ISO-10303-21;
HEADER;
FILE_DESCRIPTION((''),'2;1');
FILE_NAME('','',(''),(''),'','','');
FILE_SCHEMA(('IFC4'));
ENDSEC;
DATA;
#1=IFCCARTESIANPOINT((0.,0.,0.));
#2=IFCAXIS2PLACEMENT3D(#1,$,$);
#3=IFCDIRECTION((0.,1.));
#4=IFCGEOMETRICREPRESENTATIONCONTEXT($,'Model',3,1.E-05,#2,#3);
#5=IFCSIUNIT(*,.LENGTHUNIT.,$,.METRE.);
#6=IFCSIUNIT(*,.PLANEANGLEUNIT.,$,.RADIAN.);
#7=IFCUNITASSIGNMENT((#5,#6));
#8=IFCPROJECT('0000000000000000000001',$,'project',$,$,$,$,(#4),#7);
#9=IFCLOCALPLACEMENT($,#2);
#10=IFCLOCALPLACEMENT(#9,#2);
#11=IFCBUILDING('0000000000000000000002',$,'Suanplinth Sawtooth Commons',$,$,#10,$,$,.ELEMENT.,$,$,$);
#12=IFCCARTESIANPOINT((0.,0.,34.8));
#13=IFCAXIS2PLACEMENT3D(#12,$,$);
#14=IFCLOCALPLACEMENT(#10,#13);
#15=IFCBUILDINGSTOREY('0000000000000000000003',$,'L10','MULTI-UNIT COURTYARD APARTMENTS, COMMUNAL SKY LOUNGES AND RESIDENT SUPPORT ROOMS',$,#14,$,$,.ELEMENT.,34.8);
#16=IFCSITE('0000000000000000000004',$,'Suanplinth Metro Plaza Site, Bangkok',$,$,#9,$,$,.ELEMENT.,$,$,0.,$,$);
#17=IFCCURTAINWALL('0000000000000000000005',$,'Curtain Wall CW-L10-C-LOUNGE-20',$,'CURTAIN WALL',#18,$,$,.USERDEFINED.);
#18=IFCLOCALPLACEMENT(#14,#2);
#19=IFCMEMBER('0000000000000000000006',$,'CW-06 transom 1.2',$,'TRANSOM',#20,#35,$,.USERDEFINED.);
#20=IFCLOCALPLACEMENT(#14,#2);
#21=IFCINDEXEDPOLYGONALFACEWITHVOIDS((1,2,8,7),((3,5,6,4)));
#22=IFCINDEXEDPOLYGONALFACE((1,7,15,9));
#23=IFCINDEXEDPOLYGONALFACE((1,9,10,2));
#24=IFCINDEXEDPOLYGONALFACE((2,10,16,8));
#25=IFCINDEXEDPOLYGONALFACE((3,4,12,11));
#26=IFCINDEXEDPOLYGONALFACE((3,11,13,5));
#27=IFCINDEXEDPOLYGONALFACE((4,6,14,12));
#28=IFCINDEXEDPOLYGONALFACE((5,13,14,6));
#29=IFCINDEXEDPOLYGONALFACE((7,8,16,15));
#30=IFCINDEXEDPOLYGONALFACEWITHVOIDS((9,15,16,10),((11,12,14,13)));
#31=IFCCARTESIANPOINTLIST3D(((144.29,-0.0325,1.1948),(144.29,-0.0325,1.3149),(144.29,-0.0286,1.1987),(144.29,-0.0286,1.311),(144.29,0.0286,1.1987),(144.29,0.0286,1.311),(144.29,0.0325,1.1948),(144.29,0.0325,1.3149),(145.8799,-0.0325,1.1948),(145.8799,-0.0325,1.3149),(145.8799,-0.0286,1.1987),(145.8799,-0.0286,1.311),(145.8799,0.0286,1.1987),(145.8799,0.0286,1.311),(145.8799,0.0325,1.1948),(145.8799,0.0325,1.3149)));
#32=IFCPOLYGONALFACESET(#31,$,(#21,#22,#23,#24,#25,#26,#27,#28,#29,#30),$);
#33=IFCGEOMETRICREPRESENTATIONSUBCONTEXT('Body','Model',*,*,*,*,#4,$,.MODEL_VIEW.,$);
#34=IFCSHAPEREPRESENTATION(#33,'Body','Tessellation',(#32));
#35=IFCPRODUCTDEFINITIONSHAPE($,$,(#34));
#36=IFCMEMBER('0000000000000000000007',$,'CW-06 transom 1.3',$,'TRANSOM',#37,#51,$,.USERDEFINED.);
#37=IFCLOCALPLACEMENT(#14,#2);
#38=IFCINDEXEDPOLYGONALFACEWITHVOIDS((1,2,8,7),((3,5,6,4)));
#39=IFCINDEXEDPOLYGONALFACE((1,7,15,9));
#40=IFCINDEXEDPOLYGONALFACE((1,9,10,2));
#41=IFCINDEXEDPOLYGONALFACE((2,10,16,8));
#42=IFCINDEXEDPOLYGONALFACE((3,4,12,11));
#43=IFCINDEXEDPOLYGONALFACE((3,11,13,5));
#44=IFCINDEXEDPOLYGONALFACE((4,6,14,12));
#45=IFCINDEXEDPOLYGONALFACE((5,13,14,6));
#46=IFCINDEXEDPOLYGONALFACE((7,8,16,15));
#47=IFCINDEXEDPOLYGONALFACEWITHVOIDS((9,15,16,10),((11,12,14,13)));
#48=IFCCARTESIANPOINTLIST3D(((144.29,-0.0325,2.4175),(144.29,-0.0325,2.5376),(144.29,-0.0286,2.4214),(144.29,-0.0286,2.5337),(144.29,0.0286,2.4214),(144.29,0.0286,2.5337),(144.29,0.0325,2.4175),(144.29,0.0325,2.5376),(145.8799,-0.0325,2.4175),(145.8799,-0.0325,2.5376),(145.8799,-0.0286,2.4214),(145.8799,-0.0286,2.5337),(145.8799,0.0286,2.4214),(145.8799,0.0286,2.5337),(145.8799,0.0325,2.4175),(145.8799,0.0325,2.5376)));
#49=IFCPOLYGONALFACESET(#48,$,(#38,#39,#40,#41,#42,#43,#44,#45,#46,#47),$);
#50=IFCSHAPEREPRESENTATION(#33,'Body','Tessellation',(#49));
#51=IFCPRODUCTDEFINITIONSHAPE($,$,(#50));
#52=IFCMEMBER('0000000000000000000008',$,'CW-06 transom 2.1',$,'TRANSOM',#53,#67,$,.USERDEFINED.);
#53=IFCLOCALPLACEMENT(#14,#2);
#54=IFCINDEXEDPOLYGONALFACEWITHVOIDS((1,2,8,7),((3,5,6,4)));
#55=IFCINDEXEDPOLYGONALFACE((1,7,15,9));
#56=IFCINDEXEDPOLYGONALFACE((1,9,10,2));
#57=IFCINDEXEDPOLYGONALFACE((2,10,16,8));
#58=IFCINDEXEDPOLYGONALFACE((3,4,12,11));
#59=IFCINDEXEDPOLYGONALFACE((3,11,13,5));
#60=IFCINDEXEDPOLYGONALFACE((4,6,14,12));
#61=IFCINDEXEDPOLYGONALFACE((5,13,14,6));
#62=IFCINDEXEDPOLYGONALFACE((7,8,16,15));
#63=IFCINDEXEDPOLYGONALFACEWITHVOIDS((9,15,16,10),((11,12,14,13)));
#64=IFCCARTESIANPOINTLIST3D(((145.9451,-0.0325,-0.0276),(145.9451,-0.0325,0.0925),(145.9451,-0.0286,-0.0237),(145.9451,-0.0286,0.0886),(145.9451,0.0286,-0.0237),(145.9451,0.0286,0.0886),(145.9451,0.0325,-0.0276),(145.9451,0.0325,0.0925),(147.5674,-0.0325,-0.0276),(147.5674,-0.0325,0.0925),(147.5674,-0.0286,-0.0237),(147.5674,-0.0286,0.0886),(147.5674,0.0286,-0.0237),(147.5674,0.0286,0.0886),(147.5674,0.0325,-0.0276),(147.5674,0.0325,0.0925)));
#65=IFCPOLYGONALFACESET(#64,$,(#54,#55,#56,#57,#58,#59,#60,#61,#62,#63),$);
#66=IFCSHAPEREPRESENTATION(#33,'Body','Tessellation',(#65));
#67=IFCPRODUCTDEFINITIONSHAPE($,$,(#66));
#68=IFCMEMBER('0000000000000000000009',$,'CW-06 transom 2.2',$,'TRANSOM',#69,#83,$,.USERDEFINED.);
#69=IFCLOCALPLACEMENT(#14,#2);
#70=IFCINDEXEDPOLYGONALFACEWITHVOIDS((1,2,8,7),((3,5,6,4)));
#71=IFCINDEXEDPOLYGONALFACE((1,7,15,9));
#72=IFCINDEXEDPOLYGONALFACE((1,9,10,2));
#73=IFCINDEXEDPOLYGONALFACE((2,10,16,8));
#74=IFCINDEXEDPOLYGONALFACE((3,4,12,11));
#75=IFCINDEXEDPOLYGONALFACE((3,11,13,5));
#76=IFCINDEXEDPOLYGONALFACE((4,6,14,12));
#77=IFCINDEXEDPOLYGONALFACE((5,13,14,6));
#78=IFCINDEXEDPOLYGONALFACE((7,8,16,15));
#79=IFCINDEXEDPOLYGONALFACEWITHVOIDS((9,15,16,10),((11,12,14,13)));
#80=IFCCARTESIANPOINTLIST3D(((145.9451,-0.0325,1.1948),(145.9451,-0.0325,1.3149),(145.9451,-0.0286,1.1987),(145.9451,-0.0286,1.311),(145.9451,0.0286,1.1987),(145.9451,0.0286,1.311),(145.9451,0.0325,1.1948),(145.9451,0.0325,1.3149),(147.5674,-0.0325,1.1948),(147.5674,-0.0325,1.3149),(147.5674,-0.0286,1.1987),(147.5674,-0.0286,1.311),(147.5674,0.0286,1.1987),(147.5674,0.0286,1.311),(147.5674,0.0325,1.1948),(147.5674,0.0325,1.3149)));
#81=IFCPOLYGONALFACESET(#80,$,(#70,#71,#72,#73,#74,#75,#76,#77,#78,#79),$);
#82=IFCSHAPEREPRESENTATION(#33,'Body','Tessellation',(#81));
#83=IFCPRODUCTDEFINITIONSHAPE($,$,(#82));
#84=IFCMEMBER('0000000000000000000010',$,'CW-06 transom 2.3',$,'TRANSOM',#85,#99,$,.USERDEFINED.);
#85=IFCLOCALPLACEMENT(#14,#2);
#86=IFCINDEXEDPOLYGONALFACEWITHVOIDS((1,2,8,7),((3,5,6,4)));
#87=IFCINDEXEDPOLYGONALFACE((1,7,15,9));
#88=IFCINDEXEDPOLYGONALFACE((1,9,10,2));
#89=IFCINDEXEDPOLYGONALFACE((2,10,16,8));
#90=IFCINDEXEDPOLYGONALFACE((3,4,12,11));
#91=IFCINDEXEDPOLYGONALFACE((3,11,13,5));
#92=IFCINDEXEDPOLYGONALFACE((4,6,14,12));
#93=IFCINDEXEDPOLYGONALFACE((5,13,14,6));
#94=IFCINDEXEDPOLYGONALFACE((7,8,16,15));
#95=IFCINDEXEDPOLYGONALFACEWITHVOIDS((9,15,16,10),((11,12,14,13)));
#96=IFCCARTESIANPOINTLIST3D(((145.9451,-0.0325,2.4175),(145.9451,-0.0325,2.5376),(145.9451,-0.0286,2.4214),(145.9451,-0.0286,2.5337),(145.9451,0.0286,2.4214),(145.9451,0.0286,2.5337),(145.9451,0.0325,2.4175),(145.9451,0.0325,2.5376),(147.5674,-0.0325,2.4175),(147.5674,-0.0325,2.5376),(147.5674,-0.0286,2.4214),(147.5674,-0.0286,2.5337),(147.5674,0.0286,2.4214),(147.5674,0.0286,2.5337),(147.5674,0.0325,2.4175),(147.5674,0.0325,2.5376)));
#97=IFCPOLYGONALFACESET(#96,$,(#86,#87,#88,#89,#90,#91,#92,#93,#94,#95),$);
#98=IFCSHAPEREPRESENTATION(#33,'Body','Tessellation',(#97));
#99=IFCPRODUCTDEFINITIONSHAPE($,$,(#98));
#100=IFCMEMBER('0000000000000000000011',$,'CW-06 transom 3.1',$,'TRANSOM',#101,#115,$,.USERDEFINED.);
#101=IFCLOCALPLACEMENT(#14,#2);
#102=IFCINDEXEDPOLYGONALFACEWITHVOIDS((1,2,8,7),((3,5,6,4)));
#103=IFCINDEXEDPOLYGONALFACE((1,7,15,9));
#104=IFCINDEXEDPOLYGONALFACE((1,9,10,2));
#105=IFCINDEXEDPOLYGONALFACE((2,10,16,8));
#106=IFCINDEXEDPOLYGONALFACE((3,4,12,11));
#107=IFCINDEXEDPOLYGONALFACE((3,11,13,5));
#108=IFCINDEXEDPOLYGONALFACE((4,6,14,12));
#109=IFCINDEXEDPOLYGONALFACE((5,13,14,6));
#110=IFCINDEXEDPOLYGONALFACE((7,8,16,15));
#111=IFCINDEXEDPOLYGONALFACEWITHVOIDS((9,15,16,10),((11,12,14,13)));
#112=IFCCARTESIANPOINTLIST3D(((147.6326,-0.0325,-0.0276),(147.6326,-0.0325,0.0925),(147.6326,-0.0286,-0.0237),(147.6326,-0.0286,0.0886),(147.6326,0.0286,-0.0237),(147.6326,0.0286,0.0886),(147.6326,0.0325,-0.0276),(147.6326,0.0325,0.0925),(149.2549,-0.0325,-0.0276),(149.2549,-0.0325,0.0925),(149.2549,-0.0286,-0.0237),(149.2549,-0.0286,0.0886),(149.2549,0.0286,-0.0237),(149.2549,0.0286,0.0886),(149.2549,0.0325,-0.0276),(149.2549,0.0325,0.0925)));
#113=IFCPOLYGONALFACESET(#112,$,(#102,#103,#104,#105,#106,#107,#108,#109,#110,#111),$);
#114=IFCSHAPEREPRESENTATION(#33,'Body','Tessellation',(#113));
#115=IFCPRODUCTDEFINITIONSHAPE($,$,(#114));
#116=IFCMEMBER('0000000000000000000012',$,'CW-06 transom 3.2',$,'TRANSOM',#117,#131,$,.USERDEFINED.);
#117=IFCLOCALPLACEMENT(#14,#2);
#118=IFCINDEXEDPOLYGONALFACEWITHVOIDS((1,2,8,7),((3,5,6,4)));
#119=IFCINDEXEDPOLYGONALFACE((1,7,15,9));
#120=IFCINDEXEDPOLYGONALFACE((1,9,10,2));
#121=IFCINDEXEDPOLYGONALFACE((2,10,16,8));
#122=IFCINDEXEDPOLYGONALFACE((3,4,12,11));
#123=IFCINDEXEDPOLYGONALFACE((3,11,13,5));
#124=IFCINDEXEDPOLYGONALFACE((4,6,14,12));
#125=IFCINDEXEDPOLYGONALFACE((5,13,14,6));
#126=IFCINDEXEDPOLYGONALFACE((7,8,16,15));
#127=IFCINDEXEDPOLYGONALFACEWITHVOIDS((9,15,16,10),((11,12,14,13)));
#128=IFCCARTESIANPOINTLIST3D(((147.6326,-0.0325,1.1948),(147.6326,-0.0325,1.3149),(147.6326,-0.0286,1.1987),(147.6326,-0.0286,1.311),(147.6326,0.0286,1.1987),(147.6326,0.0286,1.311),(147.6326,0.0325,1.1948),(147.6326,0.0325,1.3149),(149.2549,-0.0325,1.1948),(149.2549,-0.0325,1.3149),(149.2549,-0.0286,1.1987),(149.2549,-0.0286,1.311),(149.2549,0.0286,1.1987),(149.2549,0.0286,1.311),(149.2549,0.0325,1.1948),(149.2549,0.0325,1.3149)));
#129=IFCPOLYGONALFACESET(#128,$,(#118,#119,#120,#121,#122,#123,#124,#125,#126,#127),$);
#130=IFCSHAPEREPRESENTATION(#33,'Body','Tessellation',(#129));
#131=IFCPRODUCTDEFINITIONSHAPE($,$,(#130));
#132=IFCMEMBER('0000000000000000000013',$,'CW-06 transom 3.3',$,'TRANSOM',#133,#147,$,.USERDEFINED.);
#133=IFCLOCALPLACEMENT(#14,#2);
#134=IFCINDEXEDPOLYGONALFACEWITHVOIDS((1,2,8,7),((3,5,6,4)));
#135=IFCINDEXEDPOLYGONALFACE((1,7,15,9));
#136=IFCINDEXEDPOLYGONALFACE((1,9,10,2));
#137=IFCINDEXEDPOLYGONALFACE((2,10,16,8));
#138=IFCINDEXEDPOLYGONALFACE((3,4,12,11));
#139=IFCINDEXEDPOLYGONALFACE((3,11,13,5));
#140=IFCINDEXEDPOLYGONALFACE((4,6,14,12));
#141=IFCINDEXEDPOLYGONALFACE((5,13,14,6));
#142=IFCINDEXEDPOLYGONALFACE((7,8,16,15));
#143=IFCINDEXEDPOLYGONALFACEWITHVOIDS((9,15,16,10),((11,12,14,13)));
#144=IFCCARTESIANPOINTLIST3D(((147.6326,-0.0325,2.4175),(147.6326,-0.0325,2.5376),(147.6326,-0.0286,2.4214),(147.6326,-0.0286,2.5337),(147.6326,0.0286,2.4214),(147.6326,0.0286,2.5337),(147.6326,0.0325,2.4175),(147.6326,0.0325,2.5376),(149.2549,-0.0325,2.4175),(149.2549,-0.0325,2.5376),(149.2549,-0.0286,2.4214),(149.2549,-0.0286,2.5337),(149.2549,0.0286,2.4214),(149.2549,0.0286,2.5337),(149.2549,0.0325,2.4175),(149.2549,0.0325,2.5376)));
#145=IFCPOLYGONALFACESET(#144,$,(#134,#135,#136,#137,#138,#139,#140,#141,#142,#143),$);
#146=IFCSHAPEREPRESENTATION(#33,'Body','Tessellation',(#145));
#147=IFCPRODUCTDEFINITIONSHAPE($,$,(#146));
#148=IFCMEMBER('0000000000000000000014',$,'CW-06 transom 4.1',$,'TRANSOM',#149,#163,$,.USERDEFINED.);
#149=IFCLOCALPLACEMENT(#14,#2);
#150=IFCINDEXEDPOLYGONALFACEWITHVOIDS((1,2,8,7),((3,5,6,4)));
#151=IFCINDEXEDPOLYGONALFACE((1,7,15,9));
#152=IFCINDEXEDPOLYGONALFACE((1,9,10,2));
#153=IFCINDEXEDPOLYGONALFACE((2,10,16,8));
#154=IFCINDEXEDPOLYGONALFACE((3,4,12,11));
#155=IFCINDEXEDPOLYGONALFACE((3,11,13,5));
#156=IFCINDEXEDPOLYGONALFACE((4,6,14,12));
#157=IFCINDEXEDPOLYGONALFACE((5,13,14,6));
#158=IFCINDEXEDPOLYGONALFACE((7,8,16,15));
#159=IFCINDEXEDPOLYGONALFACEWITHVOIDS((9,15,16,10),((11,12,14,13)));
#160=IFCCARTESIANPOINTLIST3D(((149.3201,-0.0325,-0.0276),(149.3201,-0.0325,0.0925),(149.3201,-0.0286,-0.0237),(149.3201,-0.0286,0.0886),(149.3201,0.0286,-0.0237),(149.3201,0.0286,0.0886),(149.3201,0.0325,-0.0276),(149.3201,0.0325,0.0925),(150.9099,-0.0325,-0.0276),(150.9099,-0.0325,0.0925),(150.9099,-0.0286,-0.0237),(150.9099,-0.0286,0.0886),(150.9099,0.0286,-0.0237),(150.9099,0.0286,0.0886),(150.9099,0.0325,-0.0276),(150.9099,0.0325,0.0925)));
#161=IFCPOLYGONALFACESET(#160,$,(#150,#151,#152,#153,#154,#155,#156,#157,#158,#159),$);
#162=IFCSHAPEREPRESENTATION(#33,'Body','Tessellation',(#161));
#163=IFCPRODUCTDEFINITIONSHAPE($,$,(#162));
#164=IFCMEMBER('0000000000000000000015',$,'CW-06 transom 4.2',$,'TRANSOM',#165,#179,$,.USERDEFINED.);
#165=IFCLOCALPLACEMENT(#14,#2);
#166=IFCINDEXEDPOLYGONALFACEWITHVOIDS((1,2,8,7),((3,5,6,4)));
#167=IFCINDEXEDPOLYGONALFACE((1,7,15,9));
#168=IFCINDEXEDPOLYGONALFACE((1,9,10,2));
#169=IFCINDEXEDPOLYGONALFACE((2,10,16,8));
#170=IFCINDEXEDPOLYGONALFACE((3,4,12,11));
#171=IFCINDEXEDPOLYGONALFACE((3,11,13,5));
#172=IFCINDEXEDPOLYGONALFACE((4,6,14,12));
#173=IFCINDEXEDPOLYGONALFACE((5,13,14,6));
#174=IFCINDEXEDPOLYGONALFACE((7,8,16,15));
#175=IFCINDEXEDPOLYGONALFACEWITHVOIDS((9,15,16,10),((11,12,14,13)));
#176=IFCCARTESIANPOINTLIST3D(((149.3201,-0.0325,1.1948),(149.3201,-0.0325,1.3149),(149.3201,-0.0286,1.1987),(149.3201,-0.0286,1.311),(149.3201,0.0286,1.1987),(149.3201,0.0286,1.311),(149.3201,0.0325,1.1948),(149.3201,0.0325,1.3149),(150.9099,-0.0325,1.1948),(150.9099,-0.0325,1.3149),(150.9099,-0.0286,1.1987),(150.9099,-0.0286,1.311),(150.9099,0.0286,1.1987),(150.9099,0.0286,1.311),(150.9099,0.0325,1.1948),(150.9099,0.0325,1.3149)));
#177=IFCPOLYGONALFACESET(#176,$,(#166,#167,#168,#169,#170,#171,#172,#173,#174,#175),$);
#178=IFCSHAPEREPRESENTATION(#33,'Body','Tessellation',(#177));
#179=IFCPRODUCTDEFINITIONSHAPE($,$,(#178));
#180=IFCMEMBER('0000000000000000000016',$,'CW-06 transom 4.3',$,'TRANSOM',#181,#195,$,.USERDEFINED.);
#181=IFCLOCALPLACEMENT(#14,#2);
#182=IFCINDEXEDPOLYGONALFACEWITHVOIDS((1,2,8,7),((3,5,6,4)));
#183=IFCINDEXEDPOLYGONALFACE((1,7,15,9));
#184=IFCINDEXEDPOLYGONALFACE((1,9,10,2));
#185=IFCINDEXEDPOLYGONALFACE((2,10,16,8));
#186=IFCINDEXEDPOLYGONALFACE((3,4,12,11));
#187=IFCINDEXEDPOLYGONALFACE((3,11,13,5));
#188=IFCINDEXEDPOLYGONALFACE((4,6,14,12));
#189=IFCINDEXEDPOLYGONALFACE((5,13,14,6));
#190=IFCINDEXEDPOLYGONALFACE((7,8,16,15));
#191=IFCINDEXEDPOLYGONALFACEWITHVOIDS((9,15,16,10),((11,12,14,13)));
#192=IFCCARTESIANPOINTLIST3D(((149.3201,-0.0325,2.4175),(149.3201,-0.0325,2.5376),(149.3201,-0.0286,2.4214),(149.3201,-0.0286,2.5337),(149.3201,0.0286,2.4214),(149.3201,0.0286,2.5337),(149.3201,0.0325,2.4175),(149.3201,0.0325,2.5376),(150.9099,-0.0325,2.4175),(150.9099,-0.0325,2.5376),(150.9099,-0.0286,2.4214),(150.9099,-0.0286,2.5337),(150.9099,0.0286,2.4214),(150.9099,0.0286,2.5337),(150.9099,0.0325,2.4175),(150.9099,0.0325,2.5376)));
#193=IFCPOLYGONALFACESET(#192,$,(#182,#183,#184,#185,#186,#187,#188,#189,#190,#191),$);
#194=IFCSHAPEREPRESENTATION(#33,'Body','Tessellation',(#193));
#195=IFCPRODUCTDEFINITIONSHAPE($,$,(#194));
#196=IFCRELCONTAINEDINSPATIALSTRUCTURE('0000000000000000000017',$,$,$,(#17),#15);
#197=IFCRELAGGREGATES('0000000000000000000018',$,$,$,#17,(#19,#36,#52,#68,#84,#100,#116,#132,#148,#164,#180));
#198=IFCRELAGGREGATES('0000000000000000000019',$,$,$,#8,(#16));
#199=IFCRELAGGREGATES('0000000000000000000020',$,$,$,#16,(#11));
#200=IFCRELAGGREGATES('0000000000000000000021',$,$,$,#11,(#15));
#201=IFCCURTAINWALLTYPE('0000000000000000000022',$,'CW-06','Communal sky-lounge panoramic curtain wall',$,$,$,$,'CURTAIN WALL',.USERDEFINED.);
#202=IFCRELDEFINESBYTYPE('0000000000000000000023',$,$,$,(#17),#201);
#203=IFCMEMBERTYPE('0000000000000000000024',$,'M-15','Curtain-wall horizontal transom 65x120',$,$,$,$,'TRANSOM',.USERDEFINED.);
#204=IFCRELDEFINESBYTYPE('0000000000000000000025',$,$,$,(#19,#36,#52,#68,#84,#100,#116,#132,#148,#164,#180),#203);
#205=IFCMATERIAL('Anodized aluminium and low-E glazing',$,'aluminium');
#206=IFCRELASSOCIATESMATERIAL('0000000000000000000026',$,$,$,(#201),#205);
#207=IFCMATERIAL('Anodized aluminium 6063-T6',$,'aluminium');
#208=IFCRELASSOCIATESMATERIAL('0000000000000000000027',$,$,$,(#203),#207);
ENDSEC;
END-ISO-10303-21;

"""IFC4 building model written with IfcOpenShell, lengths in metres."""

from ifc_helpers import new_model, si_unit, direction, frame, origin, origin_2d, place, context, subcontext, project, spatial, hollow_rectangle, extrude, material, material_profile, profile_set, type_object, element, aggregate, save


model = new_model("IFC4")

# Units and contexts
model_context = context("Model", 3, precision=1e-05, world=origin(), true_north=direction((0.0, 1.0)))
body_context = subcontext(model_context, "Body", "Model", "MODEL_VIEW")
ifc_project = project(units=[si_unit("LENGTHUNIT", "METRE"), si_unit("PLANEANGLEUNIT", "RADIAN")], contexts=[model_context])

# Site, building, storey
site_placement = place(None, origin())
site = spatial("IfcSite", under=ifc_project, at=site_placement, Name="Suanplinth Metro Plaza Site, Bangkok", CompositionType="ELEMENT", RefElevation=0.0)
building_placement = place(site_placement, origin())
building = spatial("IfcBuilding", under=site, at=building_placement, Name="Suanplinth Sawtooth Commons", CompositionType="ELEMENT")
storey_placement = place(building_placement, frame((0.0, 0.0, 34.8)))
storey = spatial("IfcBuildingStorey", under=building, at=storey_placement, Name="L10", Description="MULTI-UNIT COURTYARD APARTMENTS, COMMUNAL SKY LOUNGES AND RESIDENT SUPPORT ROOMS", CompositionType="ELEMENT", Elevation=34.8)

# Curtain wall, members
ifc_material_1 = material(Name="Anodized aluminium and low-E glazing", Category="aluminium")
curtain_wall_type = type_object("IfcCurtainWallType", Name="CW-06", Description="Communal sky-lounge panoramic curtain wall", ElementType="CURTAIN WALL", PredefinedType="USERDEFINED", material=ifc_material_1)
curtain_wall_placement = place(storey_placement, origin())
curtain_wall = element("IfcCurtainWall", 1, at=curtain_wall_placement, inside=storey, type_object=curtain_wall_type, Name="Curtain Wall CW-L10-C-LOUNGE-20", ObjectType="CURTAIN WALL", PredefinedType="USERDEFINED")
ifc_material_2 = material(Name="Anodized aluminium 6063-T6", Category="aluminium")
ifc_material_profile_1 = material_profile(ifc_material_2, hollow_rectangle(XDim=0.0649, YDim=0.1201, WallThickness=0.0039, at=origin_2d()), Name="ALU-TRN 65x120")
ifc_profile_set_1 = profile_set([ifc_material_profile_1], Name="Anodized aluminium 6063-T6")
member_type_1 = type_object("IfcMemberType", Name="M-15", Description="Curtain-wall horizontal transom 65x120", ElementType="TRANSOM", PredefinedType="USERDEFINED", material=ifc_profile_set_1)
member_1_placement = place(storey_placement, frame((144.29, 0.0, 1.2549), z_axis=(1.0, 0.0, 0.0), x_axis=(0.0, 1.0, 0.0)))
member_1 = element("IfcMember", 2, at=member_1_placement, type_object=member_type_1, Name="CW-06 transom 1.2", ObjectType="TRANSOM", PredefinedType="USERDEFINED", context=body_context, shape_type="SweptSolid", body=[
    extrude(hollow_rectangle(XDim=0.0649, YDim=0.1201, WallThickness=0.0039, at=origin_2d()), origin(), (0.0, 0.0, 1.0), 1.5898),
])
member_2_placement = place(storey_placement, frame((144.29, 0.0, 2.4775), z_axis=(1.0, 0.0, 0.0), x_axis=(0.0, 1.0, 0.0)))
member_2 = element("IfcMember", 3, at=member_2_placement, type_object=member_type_1, Name="CW-06 transom 1.3", ObjectType="TRANSOM", PredefinedType="USERDEFINED", context=body_context, shape_type="SweptSolid", body=[
    extrude(hollow_rectangle(XDim=0.0649, YDim=0.1201, WallThickness=0.0039, at=origin_2d()), origin(), (0.0, 0.0, 1.0), 1.5898),
])
member_3_placement = place(storey_placement, frame((145.9451, 0.0, 0.0325), z_axis=(1.0, 0.0, 0.0), x_axis=(0.0, 1.0, 0.0)))
member_3 = element("IfcMember", 4, at=member_3_placement, type_object=member_type_1, Name="CW-06 transom 2.1", ObjectType="TRANSOM", PredefinedType="USERDEFINED", context=body_context, shape_type="SweptSolid", body=[
    extrude(hollow_rectangle(XDim=0.0649, YDim=0.1201, WallThickness=0.0039, at=origin_2d()), origin(), (0.0, 0.0, 1.0), 1.6223),
])
member_4_placement = place(storey_placement, frame((145.9451, 0.0, 1.2549), z_axis=(1.0, 0.0, 0.0), x_axis=(0.0, 1.0, 0.0)))
member_4 = element("IfcMember", 5, at=member_4_placement, type_object=member_type_1, Name="CW-06 transom 2.2", ObjectType="TRANSOM", PredefinedType="USERDEFINED", context=body_context, shape_type="SweptSolid", body=[
    extrude(hollow_rectangle(XDim=0.0649, YDim=0.1201, WallThickness=0.0039, at=origin_2d()), origin(), (0.0, 0.0, 1.0), 1.6223),
])
member_5_placement = place(storey_placement, frame((145.9451, 0.0, 2.4775), z_axis=(1.0, 0.0, 0.0), x_axis=(0.0, 1.0, 0.0)))
member_5 = element("IfcMember", 6, at=member_5_placement, type_object=member_type_1, Name="CW-06 transom 2.3", ObjectType="TRANSOM", PredefinedType="USERDEFINED", context=body_context, shape_type="SweptSolid", body=[
    extrude(hollow_rectangle(XDim=0.0649, YDim=0.1201, WallThickness=0.0039, at=origin_2d()), origin(), (0.0, 0.0, 1.0), 1.6223),
])
member_6_placement = place(storey_placement, frame((147.6326, 0.0, 0.0325), z_axis=(1.0, 0.0, 0.0), x_axis=(0.0, 1.0, 0.0)))
member_6 = element("IfcMember", 7, at=member_6_placement, type_object=member_type_1, Name="CW-06 transom 3.1", ObjectType="TRANSOM", PredefinedType="USERDEFINED", context=body_context, shape_type="SweptSolid", body=[
    extrude(hollow_rectangle(XDim=0.0649, YDim=0.1201, WallThickness=0.0039, at=origin_2d()), origin(), (0.0, 0.0, 1.0), 1.6223),
])
member_7_placement = place(storey_placement, frame((147.6326, 0.0, 1.2549), z_axis=(1.0, 0.0, 0.0), x_axis=(0.0, 1.0, 0.0)))
member_7 = element("IfcMember", 8, at=member_7_placement, type_object=member_type_1, Name="CW-06 transom 3.2", ObjectType="TRANSOM", PredefinedType="USERDEFINED", context=body_context, shape_type="SweptSolid", body=[
    extrude(hollow_rectangle(XDim=0.0649, YDim=0.1201, WallThickness=0.0039, at=origin_2d()), origin(), (0.0, 0.0, 1.0), 1.6223),
])
member_8_placement = place(storey_placement, frame((147.6326, 0.0, 2.4775), z_axis=(1.0, 0.0, 0.0), x_axis=(0.0, 1.0, 0.0)))
member_8 = element("IfcMember", 9, at=member_8_placement, type_object=member_type_1, Name="CW-06 transom 3.3", ObjectType="TRANSOM", PredefinedType="USERDEFINED", context=body_context, shape_type="SweptSolid", body=[
    extrude(hollow_rectangle(XDim=0.0649, YDim=0.1201, WallThickness=0.0039, at=origin_2d()), origin(), (0.0, 0.0, 1.0), 1.6223),
])
member_9_placement = place(storey_placement, frame((149.3201, 0.0, 0.0325), z_axis=(1.0, 0.0, 0.0), x_axis=(0.0, 1.0, 0.0)))
member_9 = element("IfcMember", 10, at=member_9_placement, type_object=member_type_1, Name="CW-06 transom 4.1", ObjectType="TRANSOM", PredefinedType="USERDEFINED", context=body_context, shape_type="SweptSolid", body=[
    extrude(hollow_rectangle(XDim=0.0649, YDim=0.1201, WallThickness=0.0039, at=origin_2d()), origin(), (0.0, 0.0, 1.0), 1.5898),
])
member_10_placement = place(storey_placement, frame((149.3201, 0.0, 1.2549), z_axis=(1.0, 0.0, 0.0), x_axis=(0.0, 1.0, 0.0)))
member_10 = element("IfcMember", 11, at=member_10_placement, type_object=member_type_1, Name="CW-06 transom 4.2", ObjectType="TRANSOM", PredefinedType="USERDEFINED", context=body_context, shape_type="SweptSolid", body=[
    extrude(hollow_rectangle(XDim=0.0649, YDim=0.1201, WallThickness=0.0039, at=origin_2d()), origin(), (0.0, 0.0, 1.0), 1.5898),
])
member_11_placement = place(storey_placement, frame((149.3201, 0.0, 2.4775), z_axis=(1.0, 0.0, 0.0), x_axis=(0.0, 1.0, 0.0)))
member_11 = element("IfcMember", 12, at=member_11_placement, type_object=member_type_1, Name="CW-06 transom 4.3", ObjectType="TRANSOM", PredefinedType="USERDEFINED", context=body_context, shape_type="SweptSolid", body=[
    extrude(hollow_rectangle(XDim=0.0649, YDim=0.1201, WallThickness=0.0039, at=origin_2d()), origin(), (0.0, 0.0, 1.0), 1.5898),
])
aggregate(curtain_wall, [member_1, member_2, member_3, member_4, member_5, member_6, member_7, member_8, member_9, member_10, member_11])

save(model, "model.ifc")
